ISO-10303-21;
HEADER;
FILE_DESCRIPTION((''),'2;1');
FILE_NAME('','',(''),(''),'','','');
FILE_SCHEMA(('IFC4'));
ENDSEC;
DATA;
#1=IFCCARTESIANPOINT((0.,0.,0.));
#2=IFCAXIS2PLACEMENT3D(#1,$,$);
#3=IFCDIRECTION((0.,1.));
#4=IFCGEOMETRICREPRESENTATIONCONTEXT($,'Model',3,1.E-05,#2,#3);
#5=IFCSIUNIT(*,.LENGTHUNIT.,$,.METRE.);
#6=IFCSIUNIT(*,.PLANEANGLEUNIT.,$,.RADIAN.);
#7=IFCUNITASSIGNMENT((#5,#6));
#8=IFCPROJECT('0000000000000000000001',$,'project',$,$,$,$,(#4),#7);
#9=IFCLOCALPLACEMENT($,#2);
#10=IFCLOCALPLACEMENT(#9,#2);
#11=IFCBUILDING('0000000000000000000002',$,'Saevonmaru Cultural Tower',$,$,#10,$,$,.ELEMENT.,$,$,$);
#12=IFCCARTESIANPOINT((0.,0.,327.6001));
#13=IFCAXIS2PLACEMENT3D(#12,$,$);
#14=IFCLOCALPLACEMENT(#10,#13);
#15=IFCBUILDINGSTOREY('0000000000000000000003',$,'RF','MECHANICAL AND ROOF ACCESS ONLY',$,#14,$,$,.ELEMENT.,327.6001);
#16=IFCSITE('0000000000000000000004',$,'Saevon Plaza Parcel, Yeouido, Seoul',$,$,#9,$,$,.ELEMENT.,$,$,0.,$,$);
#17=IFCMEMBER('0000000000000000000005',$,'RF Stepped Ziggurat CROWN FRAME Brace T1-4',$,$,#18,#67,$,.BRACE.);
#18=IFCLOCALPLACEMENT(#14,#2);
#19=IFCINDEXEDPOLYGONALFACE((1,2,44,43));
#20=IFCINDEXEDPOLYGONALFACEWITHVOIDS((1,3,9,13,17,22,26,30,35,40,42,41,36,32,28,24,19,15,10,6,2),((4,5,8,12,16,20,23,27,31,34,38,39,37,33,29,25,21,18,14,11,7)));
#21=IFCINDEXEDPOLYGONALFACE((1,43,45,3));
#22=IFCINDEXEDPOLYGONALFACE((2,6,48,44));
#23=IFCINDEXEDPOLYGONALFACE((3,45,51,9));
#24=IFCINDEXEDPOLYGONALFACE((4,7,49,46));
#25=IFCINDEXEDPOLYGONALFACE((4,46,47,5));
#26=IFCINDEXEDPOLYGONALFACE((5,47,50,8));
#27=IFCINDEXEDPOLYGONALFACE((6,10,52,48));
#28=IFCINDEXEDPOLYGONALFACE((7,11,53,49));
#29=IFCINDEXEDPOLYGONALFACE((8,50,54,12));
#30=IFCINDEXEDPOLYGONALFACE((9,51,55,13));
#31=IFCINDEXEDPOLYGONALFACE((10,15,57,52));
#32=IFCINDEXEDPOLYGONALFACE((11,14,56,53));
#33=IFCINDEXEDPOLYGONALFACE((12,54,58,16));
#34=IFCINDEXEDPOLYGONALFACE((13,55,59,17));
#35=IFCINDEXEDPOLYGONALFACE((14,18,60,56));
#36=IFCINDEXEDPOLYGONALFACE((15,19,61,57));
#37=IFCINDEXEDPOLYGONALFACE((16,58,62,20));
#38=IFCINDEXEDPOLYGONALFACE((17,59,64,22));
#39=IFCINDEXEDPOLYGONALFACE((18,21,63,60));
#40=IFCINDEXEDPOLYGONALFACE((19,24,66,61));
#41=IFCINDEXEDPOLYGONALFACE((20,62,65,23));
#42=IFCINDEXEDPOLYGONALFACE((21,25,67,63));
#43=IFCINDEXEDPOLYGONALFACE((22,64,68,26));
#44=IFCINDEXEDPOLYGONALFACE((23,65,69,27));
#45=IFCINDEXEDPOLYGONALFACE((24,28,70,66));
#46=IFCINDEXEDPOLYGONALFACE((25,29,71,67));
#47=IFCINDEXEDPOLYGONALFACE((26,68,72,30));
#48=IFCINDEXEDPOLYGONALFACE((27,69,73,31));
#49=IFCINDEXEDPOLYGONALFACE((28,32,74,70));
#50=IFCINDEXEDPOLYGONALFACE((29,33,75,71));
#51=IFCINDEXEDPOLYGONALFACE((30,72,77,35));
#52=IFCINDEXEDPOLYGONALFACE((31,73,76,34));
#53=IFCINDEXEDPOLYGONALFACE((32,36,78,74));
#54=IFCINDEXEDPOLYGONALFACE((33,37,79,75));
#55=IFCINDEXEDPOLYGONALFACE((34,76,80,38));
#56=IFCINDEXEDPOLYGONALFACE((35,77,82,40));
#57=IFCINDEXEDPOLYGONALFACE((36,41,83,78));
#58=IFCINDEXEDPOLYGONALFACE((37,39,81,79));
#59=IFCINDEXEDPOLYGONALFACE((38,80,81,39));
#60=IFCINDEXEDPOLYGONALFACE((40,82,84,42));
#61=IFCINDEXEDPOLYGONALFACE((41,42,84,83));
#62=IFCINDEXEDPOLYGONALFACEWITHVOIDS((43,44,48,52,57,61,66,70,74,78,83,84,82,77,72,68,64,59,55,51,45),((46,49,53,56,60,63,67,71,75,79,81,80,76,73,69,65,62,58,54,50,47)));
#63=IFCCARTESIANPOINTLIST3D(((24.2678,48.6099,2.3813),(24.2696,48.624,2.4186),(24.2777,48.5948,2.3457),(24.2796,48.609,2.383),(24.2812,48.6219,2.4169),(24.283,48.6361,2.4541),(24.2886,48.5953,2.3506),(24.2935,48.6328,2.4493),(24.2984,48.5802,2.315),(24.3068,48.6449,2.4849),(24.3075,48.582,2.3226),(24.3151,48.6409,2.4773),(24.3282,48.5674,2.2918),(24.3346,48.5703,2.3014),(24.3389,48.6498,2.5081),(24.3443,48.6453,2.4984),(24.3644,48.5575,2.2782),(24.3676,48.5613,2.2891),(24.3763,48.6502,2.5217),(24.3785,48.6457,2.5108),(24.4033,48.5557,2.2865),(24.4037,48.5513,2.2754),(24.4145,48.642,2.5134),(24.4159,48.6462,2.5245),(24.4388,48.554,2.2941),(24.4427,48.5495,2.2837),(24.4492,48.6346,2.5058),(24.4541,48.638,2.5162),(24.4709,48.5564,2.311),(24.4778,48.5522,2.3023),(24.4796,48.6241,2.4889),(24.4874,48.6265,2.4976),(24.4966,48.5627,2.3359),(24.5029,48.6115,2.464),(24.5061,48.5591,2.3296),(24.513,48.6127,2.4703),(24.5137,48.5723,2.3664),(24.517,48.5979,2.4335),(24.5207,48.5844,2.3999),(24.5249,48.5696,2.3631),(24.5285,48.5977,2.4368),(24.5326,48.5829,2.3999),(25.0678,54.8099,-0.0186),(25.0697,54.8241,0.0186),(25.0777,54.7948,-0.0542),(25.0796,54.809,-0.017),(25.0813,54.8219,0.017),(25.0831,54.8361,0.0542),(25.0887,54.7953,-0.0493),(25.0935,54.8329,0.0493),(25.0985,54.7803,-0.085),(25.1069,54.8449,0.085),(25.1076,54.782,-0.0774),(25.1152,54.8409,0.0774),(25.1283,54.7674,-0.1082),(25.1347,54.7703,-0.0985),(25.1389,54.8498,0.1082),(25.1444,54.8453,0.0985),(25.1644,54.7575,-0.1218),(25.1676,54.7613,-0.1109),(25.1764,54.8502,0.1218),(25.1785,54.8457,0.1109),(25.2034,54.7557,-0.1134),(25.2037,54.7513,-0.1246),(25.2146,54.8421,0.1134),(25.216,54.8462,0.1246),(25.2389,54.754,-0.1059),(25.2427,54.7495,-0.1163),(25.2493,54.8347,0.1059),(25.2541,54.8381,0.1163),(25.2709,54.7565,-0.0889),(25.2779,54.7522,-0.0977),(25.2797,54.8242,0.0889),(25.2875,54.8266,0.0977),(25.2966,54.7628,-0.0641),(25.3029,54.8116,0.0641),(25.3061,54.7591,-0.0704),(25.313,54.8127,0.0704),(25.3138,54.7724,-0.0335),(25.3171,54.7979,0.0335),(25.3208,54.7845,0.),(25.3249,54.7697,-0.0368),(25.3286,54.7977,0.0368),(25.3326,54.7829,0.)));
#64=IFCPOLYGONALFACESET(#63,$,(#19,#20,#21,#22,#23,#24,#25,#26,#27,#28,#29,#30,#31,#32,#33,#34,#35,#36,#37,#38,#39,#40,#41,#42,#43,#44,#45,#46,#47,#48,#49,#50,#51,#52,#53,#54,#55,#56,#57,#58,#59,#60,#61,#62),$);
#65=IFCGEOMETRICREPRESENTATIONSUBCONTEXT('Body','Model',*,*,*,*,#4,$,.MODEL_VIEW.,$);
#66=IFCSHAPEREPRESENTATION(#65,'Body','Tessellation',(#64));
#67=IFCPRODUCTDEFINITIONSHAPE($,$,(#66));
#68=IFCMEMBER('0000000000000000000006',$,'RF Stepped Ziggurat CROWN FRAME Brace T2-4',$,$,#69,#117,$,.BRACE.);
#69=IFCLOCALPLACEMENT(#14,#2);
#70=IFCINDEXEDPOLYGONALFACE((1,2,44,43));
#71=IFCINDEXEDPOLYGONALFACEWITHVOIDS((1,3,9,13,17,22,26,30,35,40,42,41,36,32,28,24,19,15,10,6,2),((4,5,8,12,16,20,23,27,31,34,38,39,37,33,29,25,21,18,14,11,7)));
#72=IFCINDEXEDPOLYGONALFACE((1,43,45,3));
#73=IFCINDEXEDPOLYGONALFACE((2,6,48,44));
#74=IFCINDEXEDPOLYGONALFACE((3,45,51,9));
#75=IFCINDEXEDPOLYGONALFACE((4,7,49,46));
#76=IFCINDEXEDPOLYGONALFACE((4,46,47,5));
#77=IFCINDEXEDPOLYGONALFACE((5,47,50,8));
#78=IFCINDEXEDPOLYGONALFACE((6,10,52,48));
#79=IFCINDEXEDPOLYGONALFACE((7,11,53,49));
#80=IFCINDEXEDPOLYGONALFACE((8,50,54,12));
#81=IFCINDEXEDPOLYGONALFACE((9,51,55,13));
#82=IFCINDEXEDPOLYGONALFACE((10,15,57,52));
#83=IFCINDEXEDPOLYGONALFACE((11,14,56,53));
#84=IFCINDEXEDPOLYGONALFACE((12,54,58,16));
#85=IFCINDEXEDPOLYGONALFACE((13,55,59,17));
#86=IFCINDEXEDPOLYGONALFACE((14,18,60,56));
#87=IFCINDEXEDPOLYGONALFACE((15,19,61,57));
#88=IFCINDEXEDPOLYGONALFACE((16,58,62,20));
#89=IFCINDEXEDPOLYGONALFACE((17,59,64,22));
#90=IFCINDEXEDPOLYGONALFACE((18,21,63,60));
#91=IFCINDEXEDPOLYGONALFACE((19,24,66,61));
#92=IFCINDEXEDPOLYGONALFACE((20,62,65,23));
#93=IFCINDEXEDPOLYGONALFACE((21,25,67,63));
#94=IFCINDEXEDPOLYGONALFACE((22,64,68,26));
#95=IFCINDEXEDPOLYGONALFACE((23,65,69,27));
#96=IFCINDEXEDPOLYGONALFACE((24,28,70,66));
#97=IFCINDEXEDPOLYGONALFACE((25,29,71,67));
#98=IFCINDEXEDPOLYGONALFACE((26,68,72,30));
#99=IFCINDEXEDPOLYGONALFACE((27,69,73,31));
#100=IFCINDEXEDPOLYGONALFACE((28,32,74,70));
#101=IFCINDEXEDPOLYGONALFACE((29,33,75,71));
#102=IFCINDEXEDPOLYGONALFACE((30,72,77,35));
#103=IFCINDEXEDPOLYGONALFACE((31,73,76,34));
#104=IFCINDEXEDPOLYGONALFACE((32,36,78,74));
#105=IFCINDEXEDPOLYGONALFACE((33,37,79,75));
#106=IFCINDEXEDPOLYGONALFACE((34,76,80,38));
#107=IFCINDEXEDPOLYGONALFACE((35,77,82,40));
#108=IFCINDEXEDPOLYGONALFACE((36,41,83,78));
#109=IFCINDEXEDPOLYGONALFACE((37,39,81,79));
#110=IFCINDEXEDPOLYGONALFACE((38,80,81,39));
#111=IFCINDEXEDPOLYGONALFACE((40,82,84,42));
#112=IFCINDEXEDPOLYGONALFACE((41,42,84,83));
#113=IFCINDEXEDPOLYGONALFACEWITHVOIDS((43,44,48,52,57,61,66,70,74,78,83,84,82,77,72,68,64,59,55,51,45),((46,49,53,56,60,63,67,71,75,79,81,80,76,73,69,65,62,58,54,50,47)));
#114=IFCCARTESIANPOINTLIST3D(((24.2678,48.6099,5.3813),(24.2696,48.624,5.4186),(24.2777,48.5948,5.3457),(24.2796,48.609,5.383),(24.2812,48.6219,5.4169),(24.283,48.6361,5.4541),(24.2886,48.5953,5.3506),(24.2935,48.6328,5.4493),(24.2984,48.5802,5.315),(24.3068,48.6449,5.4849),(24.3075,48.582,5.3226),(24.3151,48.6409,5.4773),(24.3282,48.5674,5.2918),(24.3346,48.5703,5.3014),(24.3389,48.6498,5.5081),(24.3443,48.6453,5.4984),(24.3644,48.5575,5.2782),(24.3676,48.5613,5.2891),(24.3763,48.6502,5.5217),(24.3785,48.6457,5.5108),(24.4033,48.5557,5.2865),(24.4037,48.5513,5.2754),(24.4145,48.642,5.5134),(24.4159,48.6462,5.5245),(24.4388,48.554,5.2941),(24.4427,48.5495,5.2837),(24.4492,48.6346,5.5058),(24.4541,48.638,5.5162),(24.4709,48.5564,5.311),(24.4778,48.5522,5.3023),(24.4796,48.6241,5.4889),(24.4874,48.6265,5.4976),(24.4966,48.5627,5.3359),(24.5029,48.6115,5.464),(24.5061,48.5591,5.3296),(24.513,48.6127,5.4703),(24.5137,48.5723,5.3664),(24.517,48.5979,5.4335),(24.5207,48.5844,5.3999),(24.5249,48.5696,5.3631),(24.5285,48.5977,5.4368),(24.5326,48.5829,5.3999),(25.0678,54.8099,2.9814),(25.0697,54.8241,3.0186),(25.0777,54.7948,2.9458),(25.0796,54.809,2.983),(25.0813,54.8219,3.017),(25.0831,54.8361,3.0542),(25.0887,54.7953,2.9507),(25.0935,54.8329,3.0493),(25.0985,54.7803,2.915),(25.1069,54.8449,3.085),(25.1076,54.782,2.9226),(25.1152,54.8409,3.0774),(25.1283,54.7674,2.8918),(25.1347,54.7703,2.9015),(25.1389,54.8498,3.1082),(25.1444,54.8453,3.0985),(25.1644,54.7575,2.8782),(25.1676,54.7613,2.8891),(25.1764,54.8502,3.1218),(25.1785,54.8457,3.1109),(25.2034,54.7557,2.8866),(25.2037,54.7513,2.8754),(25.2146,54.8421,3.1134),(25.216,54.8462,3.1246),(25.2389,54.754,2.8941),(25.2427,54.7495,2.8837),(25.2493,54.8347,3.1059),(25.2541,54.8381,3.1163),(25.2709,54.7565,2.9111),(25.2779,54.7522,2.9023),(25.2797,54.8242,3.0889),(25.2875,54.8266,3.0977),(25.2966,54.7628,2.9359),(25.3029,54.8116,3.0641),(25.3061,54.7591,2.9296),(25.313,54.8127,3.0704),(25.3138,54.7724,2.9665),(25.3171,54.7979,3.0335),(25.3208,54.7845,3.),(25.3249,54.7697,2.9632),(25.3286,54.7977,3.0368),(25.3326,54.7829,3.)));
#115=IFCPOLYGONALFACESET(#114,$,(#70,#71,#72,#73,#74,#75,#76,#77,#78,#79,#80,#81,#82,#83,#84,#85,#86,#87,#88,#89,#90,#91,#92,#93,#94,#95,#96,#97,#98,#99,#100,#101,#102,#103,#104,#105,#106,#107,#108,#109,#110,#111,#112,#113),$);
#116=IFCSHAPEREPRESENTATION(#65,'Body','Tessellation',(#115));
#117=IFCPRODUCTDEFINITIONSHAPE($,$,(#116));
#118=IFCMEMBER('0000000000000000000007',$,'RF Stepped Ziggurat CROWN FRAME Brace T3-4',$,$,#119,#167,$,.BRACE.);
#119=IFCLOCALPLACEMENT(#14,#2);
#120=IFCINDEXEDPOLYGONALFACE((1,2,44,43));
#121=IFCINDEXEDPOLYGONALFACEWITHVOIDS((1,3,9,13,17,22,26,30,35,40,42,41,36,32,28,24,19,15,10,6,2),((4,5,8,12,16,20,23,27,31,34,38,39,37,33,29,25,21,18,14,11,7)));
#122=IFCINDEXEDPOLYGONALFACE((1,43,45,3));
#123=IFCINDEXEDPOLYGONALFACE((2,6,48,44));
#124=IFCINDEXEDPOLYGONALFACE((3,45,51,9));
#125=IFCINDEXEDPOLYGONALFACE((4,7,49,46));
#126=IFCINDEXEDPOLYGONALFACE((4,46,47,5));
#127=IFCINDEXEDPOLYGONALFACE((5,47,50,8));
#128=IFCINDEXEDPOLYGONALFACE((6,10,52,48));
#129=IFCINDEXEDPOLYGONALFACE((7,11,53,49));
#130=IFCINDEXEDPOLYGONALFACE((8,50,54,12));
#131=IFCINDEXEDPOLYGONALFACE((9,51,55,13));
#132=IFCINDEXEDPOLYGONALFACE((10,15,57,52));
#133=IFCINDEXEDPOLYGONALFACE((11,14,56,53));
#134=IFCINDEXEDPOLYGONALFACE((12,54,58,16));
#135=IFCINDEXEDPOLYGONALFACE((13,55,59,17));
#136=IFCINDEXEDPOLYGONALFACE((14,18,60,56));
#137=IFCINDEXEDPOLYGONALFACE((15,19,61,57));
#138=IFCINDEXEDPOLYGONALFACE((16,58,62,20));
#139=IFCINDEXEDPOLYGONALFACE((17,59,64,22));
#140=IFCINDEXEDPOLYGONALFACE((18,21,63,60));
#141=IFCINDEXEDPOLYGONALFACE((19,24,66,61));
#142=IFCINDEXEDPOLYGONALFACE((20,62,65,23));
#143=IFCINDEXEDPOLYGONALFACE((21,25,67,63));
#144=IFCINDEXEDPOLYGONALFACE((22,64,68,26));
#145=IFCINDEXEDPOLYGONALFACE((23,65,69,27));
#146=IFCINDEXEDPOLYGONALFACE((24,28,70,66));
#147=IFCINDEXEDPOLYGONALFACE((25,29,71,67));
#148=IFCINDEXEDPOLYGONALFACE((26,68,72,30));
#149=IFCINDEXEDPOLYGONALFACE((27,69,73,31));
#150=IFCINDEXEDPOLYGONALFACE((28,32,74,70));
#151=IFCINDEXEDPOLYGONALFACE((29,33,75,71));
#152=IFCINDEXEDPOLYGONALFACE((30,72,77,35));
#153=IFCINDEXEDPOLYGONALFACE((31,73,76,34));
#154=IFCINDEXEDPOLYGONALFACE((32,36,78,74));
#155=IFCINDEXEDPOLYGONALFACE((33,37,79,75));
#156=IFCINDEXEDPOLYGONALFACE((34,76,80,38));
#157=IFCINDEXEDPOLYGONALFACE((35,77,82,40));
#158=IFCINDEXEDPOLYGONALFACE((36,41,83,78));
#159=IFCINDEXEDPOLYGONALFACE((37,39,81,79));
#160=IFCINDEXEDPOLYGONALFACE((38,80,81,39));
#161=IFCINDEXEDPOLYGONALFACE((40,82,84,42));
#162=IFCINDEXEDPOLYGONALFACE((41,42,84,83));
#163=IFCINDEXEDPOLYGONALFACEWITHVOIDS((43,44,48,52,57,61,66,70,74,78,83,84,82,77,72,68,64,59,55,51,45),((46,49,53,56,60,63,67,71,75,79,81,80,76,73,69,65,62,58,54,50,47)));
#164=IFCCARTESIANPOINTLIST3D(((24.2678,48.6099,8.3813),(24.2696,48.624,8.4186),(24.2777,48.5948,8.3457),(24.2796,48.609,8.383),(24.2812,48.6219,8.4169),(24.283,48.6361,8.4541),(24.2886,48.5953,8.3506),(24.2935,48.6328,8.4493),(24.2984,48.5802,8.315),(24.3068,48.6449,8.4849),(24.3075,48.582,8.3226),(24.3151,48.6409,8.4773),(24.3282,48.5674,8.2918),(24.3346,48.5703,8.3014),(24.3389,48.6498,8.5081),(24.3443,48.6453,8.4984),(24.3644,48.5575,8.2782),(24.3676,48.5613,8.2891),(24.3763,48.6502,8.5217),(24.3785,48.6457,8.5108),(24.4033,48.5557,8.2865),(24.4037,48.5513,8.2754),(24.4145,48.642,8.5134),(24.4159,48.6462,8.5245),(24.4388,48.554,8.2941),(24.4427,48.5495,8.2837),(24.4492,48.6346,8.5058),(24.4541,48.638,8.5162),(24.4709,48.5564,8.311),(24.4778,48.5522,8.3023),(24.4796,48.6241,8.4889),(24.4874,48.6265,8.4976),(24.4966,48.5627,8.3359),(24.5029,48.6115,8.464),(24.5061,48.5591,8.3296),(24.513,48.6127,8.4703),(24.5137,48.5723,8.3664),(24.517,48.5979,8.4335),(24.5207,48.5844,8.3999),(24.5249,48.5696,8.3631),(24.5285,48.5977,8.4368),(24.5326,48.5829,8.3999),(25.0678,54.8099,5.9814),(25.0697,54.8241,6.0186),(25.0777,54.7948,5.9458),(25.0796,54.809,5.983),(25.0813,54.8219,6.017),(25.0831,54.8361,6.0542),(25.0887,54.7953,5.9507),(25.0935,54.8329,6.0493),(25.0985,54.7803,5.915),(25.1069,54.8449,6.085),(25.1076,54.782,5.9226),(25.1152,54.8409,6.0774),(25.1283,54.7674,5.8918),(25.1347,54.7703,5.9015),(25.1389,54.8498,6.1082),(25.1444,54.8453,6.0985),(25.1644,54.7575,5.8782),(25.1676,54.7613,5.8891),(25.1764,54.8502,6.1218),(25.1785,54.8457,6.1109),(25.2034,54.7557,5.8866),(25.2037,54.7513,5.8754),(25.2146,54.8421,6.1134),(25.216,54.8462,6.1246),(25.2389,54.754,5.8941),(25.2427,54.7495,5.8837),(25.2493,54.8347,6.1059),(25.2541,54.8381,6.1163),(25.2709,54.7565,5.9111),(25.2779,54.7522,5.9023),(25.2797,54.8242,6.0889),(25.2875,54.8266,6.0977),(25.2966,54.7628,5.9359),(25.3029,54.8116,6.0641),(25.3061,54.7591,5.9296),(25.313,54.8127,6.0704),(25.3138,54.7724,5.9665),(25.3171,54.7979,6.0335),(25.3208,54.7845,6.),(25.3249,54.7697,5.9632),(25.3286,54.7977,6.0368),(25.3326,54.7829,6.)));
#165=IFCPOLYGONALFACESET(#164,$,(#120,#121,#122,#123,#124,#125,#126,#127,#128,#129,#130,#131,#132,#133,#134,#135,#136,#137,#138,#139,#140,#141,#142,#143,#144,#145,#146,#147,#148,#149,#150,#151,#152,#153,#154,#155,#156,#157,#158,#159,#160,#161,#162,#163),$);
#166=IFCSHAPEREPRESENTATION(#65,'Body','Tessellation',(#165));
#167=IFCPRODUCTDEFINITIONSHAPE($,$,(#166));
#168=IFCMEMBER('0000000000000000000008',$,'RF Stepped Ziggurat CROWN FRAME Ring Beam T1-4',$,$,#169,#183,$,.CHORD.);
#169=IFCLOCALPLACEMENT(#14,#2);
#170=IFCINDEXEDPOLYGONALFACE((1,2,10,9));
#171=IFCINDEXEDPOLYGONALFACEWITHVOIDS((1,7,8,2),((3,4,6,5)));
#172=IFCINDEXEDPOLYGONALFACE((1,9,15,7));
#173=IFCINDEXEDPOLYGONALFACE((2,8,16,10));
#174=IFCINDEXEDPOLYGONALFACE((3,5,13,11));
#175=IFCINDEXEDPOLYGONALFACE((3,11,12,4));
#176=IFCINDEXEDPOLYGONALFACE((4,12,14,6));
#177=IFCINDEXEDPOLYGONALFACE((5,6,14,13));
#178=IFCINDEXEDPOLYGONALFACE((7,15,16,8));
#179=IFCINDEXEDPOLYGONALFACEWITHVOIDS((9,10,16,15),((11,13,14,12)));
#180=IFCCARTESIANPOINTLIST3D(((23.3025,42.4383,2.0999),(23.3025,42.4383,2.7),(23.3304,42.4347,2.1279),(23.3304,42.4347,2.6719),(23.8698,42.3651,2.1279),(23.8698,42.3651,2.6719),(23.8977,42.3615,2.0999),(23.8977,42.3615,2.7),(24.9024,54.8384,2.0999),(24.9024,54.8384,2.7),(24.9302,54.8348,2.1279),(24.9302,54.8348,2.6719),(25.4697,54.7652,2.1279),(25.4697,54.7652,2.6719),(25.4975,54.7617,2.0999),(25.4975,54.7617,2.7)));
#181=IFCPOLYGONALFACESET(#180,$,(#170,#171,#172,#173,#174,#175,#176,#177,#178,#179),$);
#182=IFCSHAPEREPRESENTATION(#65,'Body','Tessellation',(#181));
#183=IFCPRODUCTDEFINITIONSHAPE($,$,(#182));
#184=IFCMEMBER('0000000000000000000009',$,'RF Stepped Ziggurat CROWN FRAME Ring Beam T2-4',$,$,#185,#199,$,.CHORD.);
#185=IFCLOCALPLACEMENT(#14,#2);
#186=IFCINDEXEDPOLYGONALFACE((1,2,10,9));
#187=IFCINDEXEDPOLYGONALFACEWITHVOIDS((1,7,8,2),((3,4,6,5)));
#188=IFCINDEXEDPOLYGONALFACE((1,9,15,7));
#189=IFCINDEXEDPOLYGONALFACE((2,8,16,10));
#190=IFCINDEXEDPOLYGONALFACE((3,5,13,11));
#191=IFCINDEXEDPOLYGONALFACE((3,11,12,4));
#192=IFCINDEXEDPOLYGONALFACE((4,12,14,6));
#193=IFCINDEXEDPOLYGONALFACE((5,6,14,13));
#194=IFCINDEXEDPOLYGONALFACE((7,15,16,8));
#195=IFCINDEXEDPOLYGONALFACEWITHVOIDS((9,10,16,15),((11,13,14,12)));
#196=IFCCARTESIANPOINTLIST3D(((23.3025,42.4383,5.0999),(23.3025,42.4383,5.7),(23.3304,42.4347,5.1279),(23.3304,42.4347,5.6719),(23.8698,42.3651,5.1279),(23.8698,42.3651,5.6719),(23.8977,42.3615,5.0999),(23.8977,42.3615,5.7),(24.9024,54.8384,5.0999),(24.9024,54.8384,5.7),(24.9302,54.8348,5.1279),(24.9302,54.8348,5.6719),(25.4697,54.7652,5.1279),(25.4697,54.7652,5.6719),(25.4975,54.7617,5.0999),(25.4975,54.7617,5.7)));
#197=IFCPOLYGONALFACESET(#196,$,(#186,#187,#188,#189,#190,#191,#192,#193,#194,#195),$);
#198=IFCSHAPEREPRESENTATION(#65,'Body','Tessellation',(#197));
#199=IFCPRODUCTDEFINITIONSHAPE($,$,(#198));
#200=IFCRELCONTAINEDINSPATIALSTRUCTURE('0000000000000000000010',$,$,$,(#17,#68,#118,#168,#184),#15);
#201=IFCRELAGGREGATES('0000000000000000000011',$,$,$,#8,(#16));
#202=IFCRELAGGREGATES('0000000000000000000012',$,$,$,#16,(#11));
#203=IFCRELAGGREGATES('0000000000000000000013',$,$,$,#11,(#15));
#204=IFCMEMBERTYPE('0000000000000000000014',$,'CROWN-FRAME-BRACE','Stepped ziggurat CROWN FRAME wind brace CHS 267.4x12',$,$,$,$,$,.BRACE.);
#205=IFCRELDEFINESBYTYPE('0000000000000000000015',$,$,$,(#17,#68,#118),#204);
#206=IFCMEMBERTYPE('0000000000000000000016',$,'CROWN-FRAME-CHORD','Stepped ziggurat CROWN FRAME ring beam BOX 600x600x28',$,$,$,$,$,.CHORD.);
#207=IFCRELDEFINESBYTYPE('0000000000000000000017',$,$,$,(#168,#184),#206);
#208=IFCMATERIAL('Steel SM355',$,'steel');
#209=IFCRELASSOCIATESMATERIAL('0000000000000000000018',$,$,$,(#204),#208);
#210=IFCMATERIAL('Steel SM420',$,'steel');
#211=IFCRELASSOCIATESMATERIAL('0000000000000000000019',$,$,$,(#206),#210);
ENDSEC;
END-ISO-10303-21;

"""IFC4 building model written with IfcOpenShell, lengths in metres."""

from ifc_helpers import new_model, si_unit, direction, frame, origin, origin_2d, place, context, subcontext, project, spatial, hollow_rectangle, hollow_circle, extrude, material, material_profile, profile_set, type_object, element, save


model = new_model("IFC4")

# Units and contexts
model_context = context("Model", 3, precision=1e-05, world=origin(), true_north=direction((0.0, 1.0)))
body_context = subcontext(model_context, "Body", "Model", "MODEL_VIEW")
ifc_project = project(units=[si_unit("LENGTHUNIT", "METRE"), si_unit("PLANEANGLEUNIT", "RADIAN")], contexts=[model_context])

# Site, building, storey
site_placement = place(None, origin())
site = spatial("IfcSite", under=ifc_project, at=site_placement, Name="Saevon Plaza Parcel, Yeouido, Seoul", CompositionType="ELEMENT", RefElevation=0.0)
building_placement = place(site_placement, origin())
building = spatial("IfcBuilding", under=site, at=building_placement, Name="Saevonmaru Cultural Tower", CompositionType="ELEMENT")
storey_placement = place(building_placement, frame((0.0, 0.0, 327.6001)))
storey = spatial("IfcBuildingStorey", under=building, at=storey_placement, Name="RF", Description="MECHANICAL AND ROOF ACCESS ONLY", CompositionType="ELEMENT", Elevation=327.6001)

# Members
ifc_material_1 = material(Name="Steel SM355", Category="steel")
ifc_material_profile_1 = material_profile(ifc_material_1, hollow_circle(Radius=0.1338, WallThickness=0.012, at=origin_2d()), Name="CHS-267.4x12")
ifc_profile_set_1 = profile_set([ifc_material_profile_1], Name="Steel SM355")
member_type_1 = type_object("IfcMemberType", Name="CROWN-FRAME-BRACE", Description="Stepped ziggurat CROWN FRAME wind brace CHS 267.4x12", PredefinedType="BRACE", material=ifc_profile_set_1)
for number, where, z_axis, x_axis, name in (
    (1, (25.2, 54.8, 0.0), (-0.119478, -0.925892, 0.358398), (0.991777, -0.12798, 0.0), "RF Stepped Ziggurat CROWN FRAME Brace T1-4"),
    (2, (25.2, 54.8, 3.0), (-0.119478, -0.925892, 0.358398), (0.991777, -0.12798, 0.0), "RF Stepped Ziggurat CROWN FRAME Brace T2-4"),
    (3, (25.2, 54.8, 6.0), (-0.119478, -0.925892, 0.358398), (0.991777, -0.12798, 0.0), "RF Stepped Ziggurat CROWN FRAME Brace T3-4"),
):
    element("IfcMember", number, at=place(storey_placement, frame(where, z_axis=z_axis, x_axis=x_axis)), inside=storey, type_object=member_type_1, Name=name, PredefinedType="BRACE", context=body_context, shape_type="SweptSolid", body=[
        extrude(hollow_circle(Radius=0.1338, WallThickness=0.012, at=origin_2d()), origin(), (0.0, 0.0, 1.0), 6.6963),
    ])
ifc_material_2 = material(Name="Steel SM420", Category="steel")
ifc_material_profile_2 = material_profile(ifc_material_2, hollow_rectangle(XDim=0.6001, YDim=0.6001, WallThickness=0.0281, at=origin_2d()), Name="BOX-600x600x28")
ifc_profile_set_2 = profile_set([ifc_material_profile_2], Name="Steel SM420")
member_type_2 = type_object("IfcMemberType", Name="CROWN-FRAME-CHORD", Description="Stepped ziggurat CROWN FRAME ring beam BOX 600x600x28", PredefinedType="CHORD", material=ifc_profile_set_2)
for number, where, z_axis, x_axis, name in (
    (4, (25.2, 54.8, 2.3999), (-0.127958, -0.99178, 0.0), (0.99178, -0.127958, 0.0), "RF Stepped Ziggurat CROWN FRAME Ring Beam T1-4"),
    (5, (25.2, 54.8, 5.3999), (-0.127958, -0.99178, 0.0), (0.99178, -0.127958, 0.0), "RF Stepped Ziggurat CROWN FRAME Ring Beam T2-4"),
):
    element("IfcMember", number, at=place(storey_placement, frame(where, z_axis=z_axis, x_axis=x_axis)), inside=storey, type_object=member_type_2, Name=name, PredefinedType="CHORD", context=body_context, shape_type="SweptSolid", body=[
        extrude(hollow_rectangle(XDim=0.6001, YDim=0.6001, WallThickness=0.0281, at=origin_2d()), origin(), (0.0, 0.0, 1.0), 12.5029),
    ])

save(model, "model.ifc")
